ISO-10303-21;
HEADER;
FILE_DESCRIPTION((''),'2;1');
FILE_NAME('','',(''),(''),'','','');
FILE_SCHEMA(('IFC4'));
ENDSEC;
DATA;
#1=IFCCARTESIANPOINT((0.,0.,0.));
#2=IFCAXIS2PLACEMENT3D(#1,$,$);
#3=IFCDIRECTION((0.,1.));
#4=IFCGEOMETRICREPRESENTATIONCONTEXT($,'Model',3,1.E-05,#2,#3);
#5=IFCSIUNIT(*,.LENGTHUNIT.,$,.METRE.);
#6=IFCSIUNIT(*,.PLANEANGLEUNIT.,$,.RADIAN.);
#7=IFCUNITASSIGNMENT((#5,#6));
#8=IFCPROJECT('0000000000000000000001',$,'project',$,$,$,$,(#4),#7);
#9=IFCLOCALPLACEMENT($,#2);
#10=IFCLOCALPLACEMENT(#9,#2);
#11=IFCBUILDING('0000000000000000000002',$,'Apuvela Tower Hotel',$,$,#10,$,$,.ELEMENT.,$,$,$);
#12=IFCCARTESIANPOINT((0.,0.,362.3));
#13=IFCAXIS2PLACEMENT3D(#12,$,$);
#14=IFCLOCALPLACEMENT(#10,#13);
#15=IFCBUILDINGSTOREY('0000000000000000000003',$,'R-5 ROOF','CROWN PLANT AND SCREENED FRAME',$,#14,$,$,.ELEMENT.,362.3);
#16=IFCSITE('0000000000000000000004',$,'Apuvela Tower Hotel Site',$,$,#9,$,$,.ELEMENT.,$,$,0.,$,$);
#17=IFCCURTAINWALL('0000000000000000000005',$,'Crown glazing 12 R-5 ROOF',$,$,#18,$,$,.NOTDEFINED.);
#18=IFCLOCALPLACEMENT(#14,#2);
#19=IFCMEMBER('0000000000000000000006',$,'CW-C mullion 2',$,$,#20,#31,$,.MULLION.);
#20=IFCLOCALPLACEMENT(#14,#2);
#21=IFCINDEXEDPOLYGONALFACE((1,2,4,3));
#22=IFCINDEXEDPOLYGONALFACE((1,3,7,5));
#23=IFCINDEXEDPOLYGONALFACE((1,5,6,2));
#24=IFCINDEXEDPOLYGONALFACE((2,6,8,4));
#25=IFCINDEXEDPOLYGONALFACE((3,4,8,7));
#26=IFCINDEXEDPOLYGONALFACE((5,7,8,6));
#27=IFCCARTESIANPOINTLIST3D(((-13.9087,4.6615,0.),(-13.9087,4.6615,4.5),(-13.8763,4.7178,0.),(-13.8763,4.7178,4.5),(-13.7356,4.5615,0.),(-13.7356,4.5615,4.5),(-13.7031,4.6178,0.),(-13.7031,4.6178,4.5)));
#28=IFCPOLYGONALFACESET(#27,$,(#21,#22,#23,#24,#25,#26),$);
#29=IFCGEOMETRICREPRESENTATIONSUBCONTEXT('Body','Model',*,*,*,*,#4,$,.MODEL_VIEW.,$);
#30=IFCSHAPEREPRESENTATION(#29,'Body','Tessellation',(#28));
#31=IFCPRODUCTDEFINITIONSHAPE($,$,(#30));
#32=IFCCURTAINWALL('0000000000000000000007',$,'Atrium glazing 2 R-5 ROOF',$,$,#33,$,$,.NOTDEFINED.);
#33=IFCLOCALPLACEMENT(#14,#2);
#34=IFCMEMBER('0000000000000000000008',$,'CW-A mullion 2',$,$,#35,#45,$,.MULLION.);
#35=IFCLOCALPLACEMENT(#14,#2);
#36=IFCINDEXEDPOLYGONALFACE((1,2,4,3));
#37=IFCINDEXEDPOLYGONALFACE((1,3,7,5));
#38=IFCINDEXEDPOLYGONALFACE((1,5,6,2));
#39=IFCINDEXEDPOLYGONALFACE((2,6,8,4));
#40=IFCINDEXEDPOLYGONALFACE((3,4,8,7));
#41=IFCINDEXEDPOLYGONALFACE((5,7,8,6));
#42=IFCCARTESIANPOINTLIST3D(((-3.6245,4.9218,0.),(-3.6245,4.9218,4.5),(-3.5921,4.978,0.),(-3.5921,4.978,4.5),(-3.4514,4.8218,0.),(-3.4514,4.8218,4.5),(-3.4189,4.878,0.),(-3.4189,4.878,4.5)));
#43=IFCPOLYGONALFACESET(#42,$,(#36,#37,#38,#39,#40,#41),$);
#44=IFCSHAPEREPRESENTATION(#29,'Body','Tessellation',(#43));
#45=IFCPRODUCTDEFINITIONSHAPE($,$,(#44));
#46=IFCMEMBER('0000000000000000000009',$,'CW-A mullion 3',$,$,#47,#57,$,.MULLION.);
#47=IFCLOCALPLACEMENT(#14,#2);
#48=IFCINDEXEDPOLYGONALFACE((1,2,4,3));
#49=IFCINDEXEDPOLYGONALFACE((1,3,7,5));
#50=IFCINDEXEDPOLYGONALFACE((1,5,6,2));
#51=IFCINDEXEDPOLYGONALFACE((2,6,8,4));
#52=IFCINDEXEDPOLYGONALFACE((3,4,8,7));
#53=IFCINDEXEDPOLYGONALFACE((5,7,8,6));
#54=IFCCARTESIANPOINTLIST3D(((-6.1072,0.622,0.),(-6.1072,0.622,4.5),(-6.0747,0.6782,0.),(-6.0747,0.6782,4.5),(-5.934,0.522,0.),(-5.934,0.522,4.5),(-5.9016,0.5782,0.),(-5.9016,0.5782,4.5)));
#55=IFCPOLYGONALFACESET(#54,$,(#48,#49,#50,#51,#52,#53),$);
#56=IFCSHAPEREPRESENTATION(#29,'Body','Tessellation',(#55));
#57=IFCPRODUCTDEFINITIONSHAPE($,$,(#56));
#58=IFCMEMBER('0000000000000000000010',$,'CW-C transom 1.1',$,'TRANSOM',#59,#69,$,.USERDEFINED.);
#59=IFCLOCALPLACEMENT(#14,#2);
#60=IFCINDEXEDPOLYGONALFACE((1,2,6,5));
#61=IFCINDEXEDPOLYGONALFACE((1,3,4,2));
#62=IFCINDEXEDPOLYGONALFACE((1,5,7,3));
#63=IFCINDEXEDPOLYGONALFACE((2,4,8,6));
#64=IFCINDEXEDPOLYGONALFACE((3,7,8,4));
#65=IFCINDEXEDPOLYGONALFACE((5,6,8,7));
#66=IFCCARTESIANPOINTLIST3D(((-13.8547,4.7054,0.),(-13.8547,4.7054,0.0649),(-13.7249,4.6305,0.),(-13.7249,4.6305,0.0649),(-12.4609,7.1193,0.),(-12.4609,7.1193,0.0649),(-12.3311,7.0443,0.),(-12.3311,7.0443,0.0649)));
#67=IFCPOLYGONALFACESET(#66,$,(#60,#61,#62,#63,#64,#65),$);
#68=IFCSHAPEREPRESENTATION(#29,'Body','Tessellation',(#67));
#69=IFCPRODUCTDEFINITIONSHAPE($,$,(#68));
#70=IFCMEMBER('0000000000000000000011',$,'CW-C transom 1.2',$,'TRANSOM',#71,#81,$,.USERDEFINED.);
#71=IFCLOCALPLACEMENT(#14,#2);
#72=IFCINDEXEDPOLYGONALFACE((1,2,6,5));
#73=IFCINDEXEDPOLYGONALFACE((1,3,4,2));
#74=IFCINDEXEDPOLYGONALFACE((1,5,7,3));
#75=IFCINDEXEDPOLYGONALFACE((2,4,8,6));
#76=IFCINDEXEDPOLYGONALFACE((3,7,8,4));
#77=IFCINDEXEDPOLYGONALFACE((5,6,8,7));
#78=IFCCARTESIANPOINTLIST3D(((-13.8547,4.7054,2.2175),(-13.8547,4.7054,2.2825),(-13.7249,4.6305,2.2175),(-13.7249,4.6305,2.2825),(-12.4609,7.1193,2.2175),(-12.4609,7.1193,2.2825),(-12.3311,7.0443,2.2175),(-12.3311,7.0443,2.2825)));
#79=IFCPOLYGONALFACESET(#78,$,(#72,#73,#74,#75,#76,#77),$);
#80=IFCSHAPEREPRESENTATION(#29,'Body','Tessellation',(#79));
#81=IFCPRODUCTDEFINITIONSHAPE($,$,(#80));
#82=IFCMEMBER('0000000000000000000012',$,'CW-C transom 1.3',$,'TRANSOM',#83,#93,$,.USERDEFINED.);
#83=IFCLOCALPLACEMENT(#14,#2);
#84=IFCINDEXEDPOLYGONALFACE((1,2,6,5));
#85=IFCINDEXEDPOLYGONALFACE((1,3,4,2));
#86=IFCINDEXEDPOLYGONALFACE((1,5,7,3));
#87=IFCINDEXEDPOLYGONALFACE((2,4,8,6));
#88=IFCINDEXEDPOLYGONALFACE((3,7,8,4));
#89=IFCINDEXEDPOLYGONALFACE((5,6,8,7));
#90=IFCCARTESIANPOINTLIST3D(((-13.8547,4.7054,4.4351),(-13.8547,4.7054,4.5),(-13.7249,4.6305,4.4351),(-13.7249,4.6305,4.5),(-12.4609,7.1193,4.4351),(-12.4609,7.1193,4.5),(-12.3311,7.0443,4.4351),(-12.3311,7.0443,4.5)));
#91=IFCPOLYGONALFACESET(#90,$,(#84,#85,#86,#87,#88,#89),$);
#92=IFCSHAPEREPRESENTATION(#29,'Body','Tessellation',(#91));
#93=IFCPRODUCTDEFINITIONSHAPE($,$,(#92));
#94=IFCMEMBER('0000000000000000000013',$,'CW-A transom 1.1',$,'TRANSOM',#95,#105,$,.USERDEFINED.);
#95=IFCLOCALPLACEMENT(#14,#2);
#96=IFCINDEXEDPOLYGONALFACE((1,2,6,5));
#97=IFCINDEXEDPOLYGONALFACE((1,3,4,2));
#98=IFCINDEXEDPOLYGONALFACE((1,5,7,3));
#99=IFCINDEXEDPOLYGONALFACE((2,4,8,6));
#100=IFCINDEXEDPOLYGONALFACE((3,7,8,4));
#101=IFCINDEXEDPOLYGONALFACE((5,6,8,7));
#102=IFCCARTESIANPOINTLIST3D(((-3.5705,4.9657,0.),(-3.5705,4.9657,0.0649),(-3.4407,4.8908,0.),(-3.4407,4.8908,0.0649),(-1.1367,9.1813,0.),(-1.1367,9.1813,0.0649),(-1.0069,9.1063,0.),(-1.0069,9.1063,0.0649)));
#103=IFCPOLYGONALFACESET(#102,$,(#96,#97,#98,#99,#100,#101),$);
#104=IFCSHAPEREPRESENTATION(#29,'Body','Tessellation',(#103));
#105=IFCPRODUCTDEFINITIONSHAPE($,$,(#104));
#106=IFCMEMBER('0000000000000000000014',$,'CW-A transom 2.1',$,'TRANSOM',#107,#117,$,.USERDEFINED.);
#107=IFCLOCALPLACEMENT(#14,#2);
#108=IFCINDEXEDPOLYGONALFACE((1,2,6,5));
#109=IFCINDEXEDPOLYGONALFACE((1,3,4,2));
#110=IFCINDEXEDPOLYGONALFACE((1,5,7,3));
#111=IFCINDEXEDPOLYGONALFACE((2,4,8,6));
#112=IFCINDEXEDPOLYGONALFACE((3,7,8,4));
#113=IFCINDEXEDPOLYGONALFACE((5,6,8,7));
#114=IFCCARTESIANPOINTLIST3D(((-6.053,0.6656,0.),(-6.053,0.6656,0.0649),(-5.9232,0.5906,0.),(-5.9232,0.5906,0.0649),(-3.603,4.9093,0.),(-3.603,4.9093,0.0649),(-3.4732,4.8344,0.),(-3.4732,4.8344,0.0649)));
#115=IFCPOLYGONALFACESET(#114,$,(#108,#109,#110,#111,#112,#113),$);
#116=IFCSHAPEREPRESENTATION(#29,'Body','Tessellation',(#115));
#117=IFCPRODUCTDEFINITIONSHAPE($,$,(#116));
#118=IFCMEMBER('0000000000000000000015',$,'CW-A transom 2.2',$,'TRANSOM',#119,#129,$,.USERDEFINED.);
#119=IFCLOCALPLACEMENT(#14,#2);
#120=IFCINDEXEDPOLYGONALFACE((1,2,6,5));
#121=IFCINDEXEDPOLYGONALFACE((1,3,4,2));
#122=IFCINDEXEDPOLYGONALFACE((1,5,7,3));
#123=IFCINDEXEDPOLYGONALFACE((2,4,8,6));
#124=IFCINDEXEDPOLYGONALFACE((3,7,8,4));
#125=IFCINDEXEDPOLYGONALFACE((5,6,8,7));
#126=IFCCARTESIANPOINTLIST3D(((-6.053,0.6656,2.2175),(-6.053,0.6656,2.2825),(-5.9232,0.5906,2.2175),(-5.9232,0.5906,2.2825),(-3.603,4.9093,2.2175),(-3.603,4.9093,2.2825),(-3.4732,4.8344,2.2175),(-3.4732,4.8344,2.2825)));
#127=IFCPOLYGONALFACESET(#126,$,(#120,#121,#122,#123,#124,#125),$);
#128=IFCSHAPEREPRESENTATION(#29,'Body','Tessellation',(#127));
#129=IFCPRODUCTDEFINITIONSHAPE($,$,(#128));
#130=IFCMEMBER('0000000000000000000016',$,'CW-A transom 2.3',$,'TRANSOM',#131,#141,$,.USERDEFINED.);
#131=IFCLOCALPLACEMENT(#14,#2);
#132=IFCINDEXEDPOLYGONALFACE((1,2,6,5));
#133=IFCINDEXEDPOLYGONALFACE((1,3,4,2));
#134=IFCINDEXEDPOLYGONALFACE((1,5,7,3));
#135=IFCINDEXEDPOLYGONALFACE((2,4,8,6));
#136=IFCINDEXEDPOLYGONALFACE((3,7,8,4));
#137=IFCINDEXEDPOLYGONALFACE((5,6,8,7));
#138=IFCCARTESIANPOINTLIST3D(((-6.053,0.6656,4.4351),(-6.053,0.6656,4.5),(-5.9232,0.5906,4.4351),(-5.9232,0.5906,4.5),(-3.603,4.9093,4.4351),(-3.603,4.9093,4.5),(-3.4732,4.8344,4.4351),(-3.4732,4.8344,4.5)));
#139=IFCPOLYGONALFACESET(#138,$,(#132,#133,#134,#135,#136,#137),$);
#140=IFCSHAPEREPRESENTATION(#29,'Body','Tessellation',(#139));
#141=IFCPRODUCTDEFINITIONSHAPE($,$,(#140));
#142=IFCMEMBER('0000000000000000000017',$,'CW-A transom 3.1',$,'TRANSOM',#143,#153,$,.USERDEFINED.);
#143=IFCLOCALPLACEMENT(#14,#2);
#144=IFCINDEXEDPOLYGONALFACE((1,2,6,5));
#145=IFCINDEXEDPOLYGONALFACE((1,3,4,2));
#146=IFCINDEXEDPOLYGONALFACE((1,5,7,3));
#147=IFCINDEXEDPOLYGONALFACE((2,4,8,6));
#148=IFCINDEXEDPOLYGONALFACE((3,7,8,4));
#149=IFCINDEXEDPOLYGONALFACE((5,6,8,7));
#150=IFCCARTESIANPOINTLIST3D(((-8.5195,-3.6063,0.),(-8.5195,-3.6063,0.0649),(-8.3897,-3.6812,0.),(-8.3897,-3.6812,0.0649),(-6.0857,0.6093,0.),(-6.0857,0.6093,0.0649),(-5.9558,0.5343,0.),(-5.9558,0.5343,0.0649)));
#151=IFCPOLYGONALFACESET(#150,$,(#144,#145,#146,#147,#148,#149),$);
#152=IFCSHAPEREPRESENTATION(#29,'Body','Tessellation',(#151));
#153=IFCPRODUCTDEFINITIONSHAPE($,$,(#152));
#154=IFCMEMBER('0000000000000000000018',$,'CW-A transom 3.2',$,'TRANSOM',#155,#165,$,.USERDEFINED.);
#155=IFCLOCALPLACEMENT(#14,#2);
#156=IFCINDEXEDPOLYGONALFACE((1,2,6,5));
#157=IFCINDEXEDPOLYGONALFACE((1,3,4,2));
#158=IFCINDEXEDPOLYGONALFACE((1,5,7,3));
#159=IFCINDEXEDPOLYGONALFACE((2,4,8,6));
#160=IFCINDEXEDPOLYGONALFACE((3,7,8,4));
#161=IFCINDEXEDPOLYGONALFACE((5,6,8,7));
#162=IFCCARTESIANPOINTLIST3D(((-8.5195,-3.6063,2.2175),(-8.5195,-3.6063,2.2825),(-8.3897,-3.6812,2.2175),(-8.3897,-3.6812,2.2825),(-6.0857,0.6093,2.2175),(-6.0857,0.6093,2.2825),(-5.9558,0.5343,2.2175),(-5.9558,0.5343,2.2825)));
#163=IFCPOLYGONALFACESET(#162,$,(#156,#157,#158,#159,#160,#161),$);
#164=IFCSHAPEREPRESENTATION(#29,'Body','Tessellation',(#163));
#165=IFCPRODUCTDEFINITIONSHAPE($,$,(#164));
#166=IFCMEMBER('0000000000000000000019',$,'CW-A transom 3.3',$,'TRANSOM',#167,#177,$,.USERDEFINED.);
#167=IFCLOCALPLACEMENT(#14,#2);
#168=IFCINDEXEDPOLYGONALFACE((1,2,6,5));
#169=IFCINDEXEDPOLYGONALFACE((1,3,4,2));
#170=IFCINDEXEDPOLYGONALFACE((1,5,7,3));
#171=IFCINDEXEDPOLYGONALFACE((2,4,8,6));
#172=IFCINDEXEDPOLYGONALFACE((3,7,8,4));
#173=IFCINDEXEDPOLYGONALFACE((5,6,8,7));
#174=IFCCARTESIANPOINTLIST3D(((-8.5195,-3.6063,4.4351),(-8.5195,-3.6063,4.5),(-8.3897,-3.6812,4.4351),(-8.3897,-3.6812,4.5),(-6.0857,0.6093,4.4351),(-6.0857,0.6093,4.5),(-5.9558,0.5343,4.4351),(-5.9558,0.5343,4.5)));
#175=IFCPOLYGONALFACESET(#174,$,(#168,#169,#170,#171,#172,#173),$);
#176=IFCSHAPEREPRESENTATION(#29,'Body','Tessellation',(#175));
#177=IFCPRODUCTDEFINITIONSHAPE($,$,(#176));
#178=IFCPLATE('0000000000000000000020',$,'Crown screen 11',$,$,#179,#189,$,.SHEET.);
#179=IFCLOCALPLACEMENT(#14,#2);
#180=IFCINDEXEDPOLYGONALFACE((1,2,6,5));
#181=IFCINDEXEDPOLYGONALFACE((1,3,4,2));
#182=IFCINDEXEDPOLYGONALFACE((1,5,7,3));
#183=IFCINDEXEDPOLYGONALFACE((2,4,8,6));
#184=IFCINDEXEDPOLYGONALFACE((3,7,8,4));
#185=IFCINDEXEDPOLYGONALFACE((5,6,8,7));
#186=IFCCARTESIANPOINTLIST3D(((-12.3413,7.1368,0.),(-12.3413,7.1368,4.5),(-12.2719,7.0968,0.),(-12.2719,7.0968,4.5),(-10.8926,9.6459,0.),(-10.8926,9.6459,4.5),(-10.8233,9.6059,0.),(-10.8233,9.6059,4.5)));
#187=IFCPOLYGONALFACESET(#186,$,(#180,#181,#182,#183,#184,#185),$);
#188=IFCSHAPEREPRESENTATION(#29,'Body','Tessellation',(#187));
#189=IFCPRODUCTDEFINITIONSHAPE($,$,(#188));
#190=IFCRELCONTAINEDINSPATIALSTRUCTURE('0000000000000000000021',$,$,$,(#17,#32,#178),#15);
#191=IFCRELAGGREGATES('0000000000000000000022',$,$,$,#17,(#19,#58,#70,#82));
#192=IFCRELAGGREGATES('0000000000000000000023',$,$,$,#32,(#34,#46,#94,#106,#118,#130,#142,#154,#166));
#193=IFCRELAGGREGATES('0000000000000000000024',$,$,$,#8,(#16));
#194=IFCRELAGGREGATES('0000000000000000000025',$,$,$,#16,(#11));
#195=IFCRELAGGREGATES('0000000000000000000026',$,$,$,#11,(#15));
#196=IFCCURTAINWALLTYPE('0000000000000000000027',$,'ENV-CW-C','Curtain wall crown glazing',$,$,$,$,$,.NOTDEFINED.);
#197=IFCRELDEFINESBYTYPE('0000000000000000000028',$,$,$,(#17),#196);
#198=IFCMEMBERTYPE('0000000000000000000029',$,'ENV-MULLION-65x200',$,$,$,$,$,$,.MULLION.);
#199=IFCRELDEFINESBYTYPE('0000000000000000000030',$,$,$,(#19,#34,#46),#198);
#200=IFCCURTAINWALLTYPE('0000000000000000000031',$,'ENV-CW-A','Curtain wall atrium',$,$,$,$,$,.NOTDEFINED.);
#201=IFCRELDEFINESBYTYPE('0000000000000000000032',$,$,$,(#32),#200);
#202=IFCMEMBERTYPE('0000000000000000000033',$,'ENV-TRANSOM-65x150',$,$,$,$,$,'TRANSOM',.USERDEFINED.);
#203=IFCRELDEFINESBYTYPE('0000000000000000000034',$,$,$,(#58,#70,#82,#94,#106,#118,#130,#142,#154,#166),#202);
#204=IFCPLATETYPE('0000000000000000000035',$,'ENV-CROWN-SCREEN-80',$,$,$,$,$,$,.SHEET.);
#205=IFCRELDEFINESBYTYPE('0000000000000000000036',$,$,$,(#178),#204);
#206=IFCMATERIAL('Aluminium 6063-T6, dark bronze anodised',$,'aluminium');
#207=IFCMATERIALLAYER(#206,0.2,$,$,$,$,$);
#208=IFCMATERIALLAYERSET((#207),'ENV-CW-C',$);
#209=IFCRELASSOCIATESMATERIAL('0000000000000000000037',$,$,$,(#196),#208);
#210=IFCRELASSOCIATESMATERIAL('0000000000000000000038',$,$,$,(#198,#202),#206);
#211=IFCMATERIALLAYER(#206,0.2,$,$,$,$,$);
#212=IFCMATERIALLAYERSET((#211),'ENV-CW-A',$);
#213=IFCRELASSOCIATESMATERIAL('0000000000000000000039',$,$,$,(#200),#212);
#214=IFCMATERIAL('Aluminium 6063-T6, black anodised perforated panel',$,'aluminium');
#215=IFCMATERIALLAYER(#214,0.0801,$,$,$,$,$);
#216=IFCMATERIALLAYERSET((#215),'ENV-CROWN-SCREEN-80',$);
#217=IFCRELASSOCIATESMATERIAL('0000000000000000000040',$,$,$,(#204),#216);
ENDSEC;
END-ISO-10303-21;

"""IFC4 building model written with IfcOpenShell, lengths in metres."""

from ifc_helpers import new_model, si_unit, direction, frame, origin, origin_2d, place, context, subcontext, project, spatial, rectangle, extrude, material, layer, layer_set, material_profile, profile_set, type_object, element, aggregate, save


model = new_model("IFC4")

# Units and contexts
model_context = context("Model", 3, precision=1e-05, world=origin(), true_north=direction((0.0, 1.0)))
body_context = subcontext(model_context, "Body", "Model", "MODEL_VIEW")
ifc_project = project(units=[si_unit("LENGTHUNIT", "METRE"), si_unit("PLANEANGLEUNIT", "RADIAN")], contexts=[model_context])

# Site, building, storey
site_placement = place(None, origin())
site = spatial("IfcSite", under=ifc_project, at=site_placement, Name="Apuvela Tower Hotel Site", CompositionType="ELEMENT", RefElevation=0.0)
building_placement = place(site_placement, origin())
building = spatial("IfcBuilding", under=site, at=building_placement, Name="Apuvela Tower Hotel", CompositionType="ELEMENT")
storey_placement = place(building_placement, frame((0.0, 0.0, 362.3)))
storey = spatial("IfcBuildingStorey", under=building, at=storey_placement, Name="R-5 ROOF", Description="CROWN PLANT AND SCREENED FRAME", CompositionType="ELEMENT", Elevation=362.3)

# Curtain walls, members
ifc_material_1 = material(Name="Aluminium 6063-T6, dark bronze anodised", Category="aluminium")
ifc_layer_1 = layer(ifc_material_1, 0.2)
ifc_layer_set_1 = layer_set([ifc_layer_1], Name="ENV-CW-C")
curtain_wall_type_1 = type_object("IfcCurtainWallType", Name="ENV-CW-C", Description="Curtain wall crown glazing", PredefinedType="NOTDEFINED", material=ifc_layer_set_1)
curtain_wall_1_placement = place(storey_placement, origin())
curtain_wall_1 = element("IfcCurtainWall", 1, at=curtain_wall_1_placement, inside=storey, type_object=curtain_wall_type_1, Name="Crown glazing 12 R-5 ROOF", PredefinedType="NOTDEFINED")
ifc_material_profile_1 = material_profile(ifc_material_1, rectangle(XDim=0.2, YDim=0.0649, at=origin_2d()), Name="AL 65x200")
ifc_profile_set_1 = profile_set([ifc_material_profile_1], Name="Aluminium 6063-T6, dark bronze anodised")
member_type_1 = type_object("IfcMemberType", Name="ENV-MULLION-65x200", PredefinedType="MULLION", material=ifc_profile_set_1)
member_1_placement = place(storey_placement, frame((-13.8059, 4.6396, 0.0), z_axis=(0.0, 0.0, 1.0), x_axis=(0.866037, -0.499981, 0.0)))
member_1 = element("IfcMember", 2, at=member_1_placement, type_object=member_type_1, Name="CW-C mullion 2", PredefinedType="MULLION", context=body_context, shape_type="SweptSolid", body=[
    extrude(rectangle(XDim=0.2, YDim=0.0649, at=origin_2d()), origin(), (0.0, 0.0, 1.0), 4.5),
])
ifc_layer_2 = layer(ifc_material_1, 0.2)
ifc_layer_set_2 = layer_set([ifc_layer_2], Name="ENV-CW-A")
curtain_wall_type_2 = type_object("IfcCurtainWallType", Name="ENV-CW-A", Description="Curtain wall atrium", PredefinedType="NOTDEFINED", material=ifc_layer_set_2)
curtain_wall_2_placement = place(storey_placement, origin())
curtain_wall_2 = element("IfcCurtainWall", 3, at=curtain_wall_2_placement, inside=storey, type_object=curtain_wall_type_2, Name="Atrium glazing 2 R-5 ROOF", PredefinedType="NOTDEFINED")
member_2_placement = place(storey_placement, frame((-3.5217, 4.8999, 0.0), z_axis=(0.0, 0.0, 1.0), x_axis=(0.866026, -0.499999, 0.0)))
member_2 = element("IfcMember", 4, at=member_2_placement, type_object=member_type_1, Name="CW-A mullion 2", PredefinedType="MULLION", context=body_context, shape_type="SweptSolid", body=[
    extrude(rectangle(XDim=0.2, YDim=0.0649, at=origin_2d()), origin(), (0.0, 0.0, 1.0), 4.5),
])
member_3_placement = place(storey_placement, frame((-6.0044, 0.6001, 0.0), z_axis=(0.0, 0.0, 1.0), x_axis=(0.866026, -0.499999, 0.0)))
member_3 = element("IfcMember", 5, at=member_3_placement, type_object=member_type_1, Name="CW-A mullion 3", PredefinedType="MULLION", context=body_context, shape_type="SweptSolid", body=[
    extrude(rectangle(XDim=0.2, YDim=0.0649, at=origin_2d()), origin(), (0.0, 0.0, 1.0), 4.5),
])

# Members
ifc_material_profile_2 = material_profile(ifc_material_1, rectangle(XDim=0.1499, YDim=0.0649, at=origin_2d()), Name="AL 65x150 transom")
ifc_profile_set_2 = profile_set([ifc_material_profile_2], Name="Aluminium 6063-T6, dark bronze anodised")
member_type_2 = type_object("IfcMemberType", Name="ENV-TRANSOM-65x150", ElementType="TRANSOM", PredefinedType="USERDEFINED", material=ifc_profile_set_2)
member_4_placement = place(storey_placement, frame((-12.396, 7.0818, 0.0325), z_axis=(-0.500048, -0.865997, 0.0), x_axis=(0.865997, -0.500048, 0.0)))
member_4 = element("IfcMember", 6, at=member_4_placement, type_object=member_type_2, Name="CW-C transom 1.1", ObjectType="TRANSOM", PredefinedType="USERDEFINED", context=body_context, shape_type="SweptSolid", body=[
    extrude(rectangle(XDim=0.1499, YDim=0.0649, at=origin_2d()), origin(), (0.0, 0.0, 1.0), 2.7874),
])
member_5_placement = place(storey_placement, frame((-12.396, 7.0818, 2.25), z_axis=(-0.500048, -0.865997, 0.0), x_axis=(0.865997, -0.500048, 0.0)))
member_5 = element("IfcMember", 7, at=member_5_placement, type_object=member_type_2, Name="CW-C transom 1.2", ObjectType="TRANSOM", PredefinedType="USERDEFINED", context=body_context, shape_type="SweptSolid", body=[
    extrude(rectangle(XDim=0.1499, YDim=0.0649, at=origin_2d()), origin(), (0.0, 0.0, 1.0), 2.7874),
])
member_6_placement = place(storey_placement, frame((-12.396, 7.0818, 4.4675), z_axis=(-0.500048, -0.865997, 0.0), x_axis=(0.865997, -0.500048, 0.0)))
member_6 = element("IfcMember", 8, at=member_6_placement, type_object=member_type_2, Name="CW-C transom 1.3", ObjectType="TRANSOM", PredefinedType="USERDEFINED", context=body_context, shape_type="SweptSolid", body=[
    extrude(rectangle(XDim=0.1499, YDim=0.0649, at=origin_2d()), origin(), (0.0, 0.0, 1.0), 2.7874),
])
member_7_placement = place(storey_placement, frame((-1.0718, 9.1438, 0.0325), z_axis=(-0.499996, -0.866028, 0.0), x_axis=(0.866028, -0.499996, 0.0)))
member_7 = element("IfcMember", 9, at=member_7_placement, type_object=member_type_2, Name="CW-A transom 1.1", ObjectType="TRANSOM", PredefinedType="USERDEFINED", context=body_context, shape_type="SweptSolid", body=[
    extrude(rectangle(XDim=0.1499, YDim=0.0649, at=origin_2d()), origin(), (0.0, 0.0, 1.0), 4.8677),
])
member_8_placement = place(storey_placement, frame((-3.5381, 4.8718, 0.0325), z_axis=(-0.499981, -0.866036, 0.0), x_axis=(0.866036, -0.499981, 0.0)))
member_8 = element("IfcMember", 10, at=member_8_placement, type_object=member_type_2, Name="CW-A transom 2.1", ObjectType="TRANSOM", PredefinedType="USERDEFINED", context=body_context, shape_type="SweptSolid", body=[
    extrude(rectangle(XDim=0.1499, YDim=0.0649, at=origin_2d()), origin(), (0.0, 0.0, 1.0), 4.9001),
])
member_9_placement = place(storey_placement, frame((-3.5381, 4.8718, 2.25), z_axis=(-0.499981, -0.866036, 0.0), x_axis=(0.866036, -0.499981, 0.0)))
member_9 = element("IfcMember", 11, at=member_9_placement, type_object=member_type_2, Name="CW-A transom 2.2", ObjectType="TRANSOM", PredefinedType="USERDEFINED", context=body_context, shape_type="SweptSolid", body=[
    extrude(rectangle(XDim=0.1499, YDim=0.0649, at=origin_2d()), origin(), (0.0, 0.0, 1.0), 4.9001),
])
member_10_placement = place(storey_placement, frame((-3.5381, 4.8718, 4.4675), z_axis=(-0.499981, -0.866036, 0.0), x_axis=(0.866036, -0.499981, 0.0)))
member_10 = element("IfcMember", 12, at=member_10_placement, type_object=member_type_2, Name="CW-A transom 2.3", ObjectType="TRANSOM", PredefinedType="USERDEFINED", context=body_context, shape_type="SweptSolid", body=[
    extrude(rectangle(XDim=0.1499, YDim=0.0649, at=origin_2d()), origin(), (0.0, 0.0, 1.0), 4.9001),
])
member_11_placement = place(storey_placement, frame((-6.0208, 0.5718, 0.0325), z_axis=(-0.499996, -0.866028, 0.0), x_axis=(0.866028, -0.499996, 0.0)))
member_11 = element("IfcMember", 13, at=member_11_placement, type_object=member_type_2, Name="CW-A transom 3.1", ObjectType="TRANSOM", PredefinedType="USERDEFINED", context=body_context, shape_type="SweptSolid", body=[
    extrude(rectangle(XDim=0.1499, YDim=0.0649, at=origin_2d()), origin(), (0.0, 0.0, 1.0), 4.8677),
])
member_12_placement = place(storey_placement, frame((-6.0208, 0.5718, 2.25), z_axis=(-0.499996, -0.866028, 0.0), x_axis=(0.866028, -0.499996, 0.0)))
member_12 = element("IfcMember", 14, at=member_12_placement, type_object=member_type_2, Name="CW-A transom 3.2", ObjectType="TRANSOM", PredefinedType="USERDEFINED", context=body_context, shape_type="SweptSolid", body=[
    extrude(rectangle(XDim=0.1499, YDim=0.0649, at=origin_2d()), origin(), (0.0, 0.0, 1.0), 4.8677),
])
member_13_placement = place(storey_placement, frame((-6.0208, 0.5718, 4.4675), z_axis=(-0.499996, -0.866028, 0.0), x_axis=(0.866028, -0.499996, 0.0)))
member_13 = element("IfcMember", 15, at=member_13_placement, type_object=member_type_2, Name="CW-A transom 3.3", ObjectType="TRANSOM", PredefinedType="USERDEFINED", context=body_context, shape_type="SweptSolid", body=[
    extrude(rectangle(XDim=0.1499, YDim=0.0649, at=origin_2d()), origin(), (0.0, 0.0, 1.0), 4.8677),
])

# Plate
ifc_material_2 = material(Name="Aluminium 6063-T6, black anodised perforated panel", Category="aluminium")
ifc_layer_3 = layer(ifc_material_2, 0.0801)
ifc_layer_set_3 = layer_set([ifc_layer_3], Name="ENV-CROWN-SCREEN-80")
plate_type_1 = type_object("IfcPlateType", Name="ENV-CROWN-SCREEN-80", PredefinedType="SHEET", material=ifc_layer_set_3)
for number, where, z_axis, x_axis, name in (
    (16, (-11.5823, 8.3713, 0.0), (0.0, 0.0, 1.0), (-0.5, -0.866025, 0.0), "Crown screen 11"),
):
    element("IfcPlate", number, at=place(storey_placement, frame(where, z_axis=z_axis, x_axis=x_axis)), inside=storey, type_object=plate_type_1, Name=name, PredefinedType="SHEET", context=body_context, shape_type="SweptSolid", body=[
        extrude(rectangle(XDim=2.8972, YDim=0.0801, at=origin_2d()), origin(), (0.0, 0.0, 1.0), 4.5),
    ])

aggregate(curtain_wall_1, [member_1, member_4, member_5, member_6])
aggregate(curtain_wall_2, [member_2, member_3, member_7, member_8, member_9, member_10, member_11, member_12, member_13])

save(model, "model.ifc")
